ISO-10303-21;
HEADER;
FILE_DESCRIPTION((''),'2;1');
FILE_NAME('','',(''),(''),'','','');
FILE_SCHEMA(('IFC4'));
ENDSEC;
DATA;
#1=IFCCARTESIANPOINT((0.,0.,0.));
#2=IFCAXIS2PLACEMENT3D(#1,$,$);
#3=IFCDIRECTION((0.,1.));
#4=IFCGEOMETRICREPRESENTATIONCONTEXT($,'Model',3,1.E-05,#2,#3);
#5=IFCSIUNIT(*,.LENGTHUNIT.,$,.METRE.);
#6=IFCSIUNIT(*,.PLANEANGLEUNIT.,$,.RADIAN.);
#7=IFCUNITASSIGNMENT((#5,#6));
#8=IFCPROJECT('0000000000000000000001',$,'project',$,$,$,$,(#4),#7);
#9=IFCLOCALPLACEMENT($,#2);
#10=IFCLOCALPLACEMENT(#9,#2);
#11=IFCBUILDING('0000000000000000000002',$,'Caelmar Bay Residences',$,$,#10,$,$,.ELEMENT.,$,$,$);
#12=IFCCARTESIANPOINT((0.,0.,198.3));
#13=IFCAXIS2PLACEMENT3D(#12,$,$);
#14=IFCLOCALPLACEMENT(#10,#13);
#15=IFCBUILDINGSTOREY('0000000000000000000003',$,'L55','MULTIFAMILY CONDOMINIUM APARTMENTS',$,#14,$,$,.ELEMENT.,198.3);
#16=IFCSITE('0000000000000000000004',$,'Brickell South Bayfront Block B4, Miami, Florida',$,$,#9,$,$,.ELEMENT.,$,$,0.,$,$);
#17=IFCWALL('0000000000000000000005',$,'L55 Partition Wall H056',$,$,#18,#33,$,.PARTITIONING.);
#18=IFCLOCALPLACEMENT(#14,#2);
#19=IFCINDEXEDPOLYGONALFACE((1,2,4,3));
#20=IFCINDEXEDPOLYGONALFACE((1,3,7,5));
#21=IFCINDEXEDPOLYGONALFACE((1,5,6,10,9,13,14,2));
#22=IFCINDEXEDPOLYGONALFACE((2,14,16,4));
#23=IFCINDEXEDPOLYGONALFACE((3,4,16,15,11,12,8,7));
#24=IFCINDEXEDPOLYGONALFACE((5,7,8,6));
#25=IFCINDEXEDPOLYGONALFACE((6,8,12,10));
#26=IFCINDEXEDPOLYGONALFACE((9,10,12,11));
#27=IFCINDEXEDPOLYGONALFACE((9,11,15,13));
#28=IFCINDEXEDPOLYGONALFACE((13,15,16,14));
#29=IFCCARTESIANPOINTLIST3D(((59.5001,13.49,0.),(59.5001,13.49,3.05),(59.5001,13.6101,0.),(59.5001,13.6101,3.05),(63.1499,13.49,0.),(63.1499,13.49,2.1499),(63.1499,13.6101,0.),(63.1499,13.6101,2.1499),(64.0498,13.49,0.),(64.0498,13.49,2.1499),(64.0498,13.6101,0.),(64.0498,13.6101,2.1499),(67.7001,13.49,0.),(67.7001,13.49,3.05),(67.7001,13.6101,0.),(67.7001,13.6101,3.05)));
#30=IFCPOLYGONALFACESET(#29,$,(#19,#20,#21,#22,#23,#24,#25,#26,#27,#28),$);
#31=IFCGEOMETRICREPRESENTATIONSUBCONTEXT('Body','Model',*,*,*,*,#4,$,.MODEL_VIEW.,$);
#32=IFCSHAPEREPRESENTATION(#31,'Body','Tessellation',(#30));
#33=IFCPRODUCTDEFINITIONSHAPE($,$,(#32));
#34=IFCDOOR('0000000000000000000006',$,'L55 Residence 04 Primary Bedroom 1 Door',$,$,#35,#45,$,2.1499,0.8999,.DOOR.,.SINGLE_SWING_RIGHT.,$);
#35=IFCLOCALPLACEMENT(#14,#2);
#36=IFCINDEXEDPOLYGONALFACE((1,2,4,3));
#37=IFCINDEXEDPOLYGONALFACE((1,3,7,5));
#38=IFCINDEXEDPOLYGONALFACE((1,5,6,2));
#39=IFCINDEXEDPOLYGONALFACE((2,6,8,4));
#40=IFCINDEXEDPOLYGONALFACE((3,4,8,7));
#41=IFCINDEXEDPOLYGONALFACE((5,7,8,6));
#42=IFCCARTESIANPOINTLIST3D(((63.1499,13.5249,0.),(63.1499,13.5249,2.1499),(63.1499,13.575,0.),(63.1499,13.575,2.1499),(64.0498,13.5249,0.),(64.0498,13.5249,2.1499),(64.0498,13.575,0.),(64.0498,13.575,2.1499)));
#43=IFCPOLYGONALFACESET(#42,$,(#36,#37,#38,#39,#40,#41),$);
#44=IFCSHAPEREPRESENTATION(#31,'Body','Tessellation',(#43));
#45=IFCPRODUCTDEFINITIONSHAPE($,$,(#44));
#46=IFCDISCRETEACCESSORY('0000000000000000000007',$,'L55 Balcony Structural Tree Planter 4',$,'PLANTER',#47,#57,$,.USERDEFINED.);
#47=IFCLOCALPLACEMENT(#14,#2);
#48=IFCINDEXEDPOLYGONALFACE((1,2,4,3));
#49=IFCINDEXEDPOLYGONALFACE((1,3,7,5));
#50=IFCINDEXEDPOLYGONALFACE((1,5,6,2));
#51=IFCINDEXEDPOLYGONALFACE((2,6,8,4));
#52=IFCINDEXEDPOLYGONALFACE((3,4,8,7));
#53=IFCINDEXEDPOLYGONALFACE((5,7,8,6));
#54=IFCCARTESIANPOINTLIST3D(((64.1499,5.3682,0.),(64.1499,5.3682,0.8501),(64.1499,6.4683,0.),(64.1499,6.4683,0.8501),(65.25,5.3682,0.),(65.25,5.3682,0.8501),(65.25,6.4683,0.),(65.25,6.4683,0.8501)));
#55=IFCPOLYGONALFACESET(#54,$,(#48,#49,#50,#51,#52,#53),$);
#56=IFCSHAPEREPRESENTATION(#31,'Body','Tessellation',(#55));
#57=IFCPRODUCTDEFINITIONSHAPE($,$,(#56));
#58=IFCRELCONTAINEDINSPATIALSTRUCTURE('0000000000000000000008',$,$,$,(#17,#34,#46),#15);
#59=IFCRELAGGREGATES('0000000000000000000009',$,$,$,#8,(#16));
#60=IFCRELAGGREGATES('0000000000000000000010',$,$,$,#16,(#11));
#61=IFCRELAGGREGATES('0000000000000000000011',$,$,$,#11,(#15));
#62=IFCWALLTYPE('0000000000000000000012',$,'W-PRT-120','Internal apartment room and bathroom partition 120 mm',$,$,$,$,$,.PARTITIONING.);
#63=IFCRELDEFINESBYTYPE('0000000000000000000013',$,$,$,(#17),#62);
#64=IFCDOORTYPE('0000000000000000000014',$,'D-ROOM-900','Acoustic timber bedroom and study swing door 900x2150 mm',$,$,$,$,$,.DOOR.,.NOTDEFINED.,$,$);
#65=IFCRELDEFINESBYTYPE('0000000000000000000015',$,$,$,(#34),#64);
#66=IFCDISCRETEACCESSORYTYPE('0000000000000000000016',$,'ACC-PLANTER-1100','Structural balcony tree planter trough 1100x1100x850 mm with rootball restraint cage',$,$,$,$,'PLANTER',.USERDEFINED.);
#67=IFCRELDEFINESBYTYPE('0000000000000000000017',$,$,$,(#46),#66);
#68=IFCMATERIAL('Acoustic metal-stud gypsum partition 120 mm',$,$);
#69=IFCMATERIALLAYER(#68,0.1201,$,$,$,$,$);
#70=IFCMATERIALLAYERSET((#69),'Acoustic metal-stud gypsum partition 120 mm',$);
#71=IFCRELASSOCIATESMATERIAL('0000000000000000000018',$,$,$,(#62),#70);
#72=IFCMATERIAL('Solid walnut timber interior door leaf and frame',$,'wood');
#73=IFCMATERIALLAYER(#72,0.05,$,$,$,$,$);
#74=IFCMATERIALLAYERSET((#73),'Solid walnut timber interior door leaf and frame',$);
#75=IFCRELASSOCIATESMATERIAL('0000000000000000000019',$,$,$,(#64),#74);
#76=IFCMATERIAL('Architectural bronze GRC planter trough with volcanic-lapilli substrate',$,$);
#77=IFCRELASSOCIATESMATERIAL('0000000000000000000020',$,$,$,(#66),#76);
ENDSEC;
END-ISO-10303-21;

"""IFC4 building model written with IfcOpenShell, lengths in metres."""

from ifc_helpers import new_model, si_unit, direction, frame, frame_2d, origin, origin_2d, place, context, subcontext, project, spatial, rectangle, extrude, material, layer, layer_set, type_object, element, fill, save


model = new_model("IFC4")

# Units and contexts
model_context = context("Model", 3, precision=1e-05, world=origin(), true_north=direction((0.0, 1.0)))
body_context = subcontext(model_context, "Body", "Model", "MODEL_VIEW")
ifc_project = project(units=[si_unit("LENGTHUNIT", "METRE"), si_unit("PLANEANGLEUNIT", "RADIAN")], contexts=[model_context])

# Site, building, storey
site_placement = place(None, origin())
site = spatial("IfcSite", under=ifc_project, at=site_placement, Name="Brickell South Bayfront Block B4, Miami, Florida", CompositionType="ELEMENT", RefElevation=0.0)
building_placement = place(site_placement, origin())
building = spatial("IfcBuilding", under=site, at=building_placement, Name="Caelmar Bay Residences", CompositionType="ELEMENT")
storey_placement = place(building_placement, frame((0.0, 0.0, 198.3)))
storey = spatial("IfcBuildingStorey", under=building, at=storey_placement, Name="L55", Description="MULTIFAMILY CONDOMINIUM APARTMENTS", CompositionType="ELEMENT", Elevation=198.3)

# Wall, opening, door
ifc_material_1 = material(Name="Acoustic metal-stud gypsum partition 120 mm")
ifc_layer_1 = layer(ifc_material_1, 0.1201)
ifc_layer_set_1 = layer_set([ifc_layer_1], Name="Acoustic metal-stud gypsum partition 120 mm")
wall_type_1 = type_object("IfcWallType", Name="W-PRT-120", Description="Internal apartment room and bathroom partition 120 mm", PredefinedType="PARTITIONING", material=ifc_layer_set_1)
wall_1_placement = place(storey_placement, frame((59.5, 13.55, 0.0), z_axis=(0.0, 0.0, 1.0), x_axis=(1.0, 0.0, 0.0)))
wall_1 = element("IfcWall", 1, at=wall_1_placement, inside=storey, type_object=wall_type_1, Name="L55 Partition Wall H056", PredefinedType="PARTITIONING", context=body_context, shape_type="SweptSolid", body=[
    extrude(rectangle(XDim=8.2, YDim=0.1201, at=frame_2d((4.1001, 0.0))), origin(), (0.0, 0.0, 1.0), 3.05),
])
opening_1_placement = place(wall_1_placement, frame((3.6499, 0.0, 0.0)))
opening_1 = element("IfcOpeningElement", 2, at=opening_1_placement, cuts=wall_1, PredefinedType="OPENING", context=body_context, shape_type="SweptSolid", body=[
    extrude(rectangle(XDim=0.8999, YDim=2.1499, at=frame_2d((0.45, 1.075))), frame((0.0, 0.0701, 0.0), z_axis=(0.0, -1.0, 0.0), x_axis=(1.0, 0.0, 0.0)), (0.0, 0.0, 1.0), 0.1401),
])
ifc_material_2 = material(Name="Solid walnut timber interior door leaf and frame", Category="wood")
ifc_layer_2 = layer(ifc_material_2, 0.05)
ifc_layer_set_2 = layer_set([ifc_layer_2], Name="Solid walnut timber interior door leaf and frame")
door_type_1 = type_object("IfcDoorType", Name="D-ROOM-900", Description="Acoustic timber bedroom and study swing door 900x2150 mm", OperationType="NOTDEFINED", PredefinedType="DOOR", material=ifc_layer_set_2)
door_1_placement = place(opening_1_placement, origin())
door_1 = element("IfcDoor", 3, at=door_1_placement, inside=storey, type_object=door_type_1, Name="L55 Residence 04 Primary Bedroom 1 Door", OperationType="SINGLE_SWING_RIGHT", OverallHeight=2.1499, OverallWidth=0.8999, PredefinedType="DOOR", context=body_context, shape_type="SweptSolid", body=[
    extrude(rectangle(XDim=0.8999, YDim=2.1499, at=frame_2d((0.45, 1.075))), frame((0.0, 0.0249, 0.0), z_axis=(0.0, -1.0, 0.0), x_axis=(1.0, 0.0, 0.0)), (0.0, 0.0, 1.0), 0.05),
])
fill(opening_1, door_1)

# Discrete accessory
ifc_material_3 = material(Name="Architectural bronze GRC planter trough with volcanic-lapilli substrate")
discrete_accessory_type = type_object("IfcDiscreteAccessoryType", Name="ACC-PLANTER-1100", Description="Structural balcony tree planter trough 1100x1100x850 mm with rootball restraint cage", ElementType="PLANTER", PredefinedType="USERDEFINED", material=ifc_material_3)
discrete_accessory_placement = place(storey_placement, frame((64.7, 5.9182, 0.0), z_axis=(0.0, 0.0, 1.0), x_axis=(1.0, 0.0, 0.0)))
element("IfcDiscreteAccessory", 4, at=discrete_accessory_placement, inside=storey, type_object=discrete_accessory_type, Name="L55 Balcony Structural Tree Planter 4", ObjectType="PLANTER", PredefinedType="USERDEFINED", context=body_context, shape_type="SweptSolid", body=[
    extrude(rectangle(XDim=1.1001, YDim=1.1001, at=origin_2d()), origin(), (0.0, 0.0, 1.0), 0.8501),
])

save(model, "model.ifc")
